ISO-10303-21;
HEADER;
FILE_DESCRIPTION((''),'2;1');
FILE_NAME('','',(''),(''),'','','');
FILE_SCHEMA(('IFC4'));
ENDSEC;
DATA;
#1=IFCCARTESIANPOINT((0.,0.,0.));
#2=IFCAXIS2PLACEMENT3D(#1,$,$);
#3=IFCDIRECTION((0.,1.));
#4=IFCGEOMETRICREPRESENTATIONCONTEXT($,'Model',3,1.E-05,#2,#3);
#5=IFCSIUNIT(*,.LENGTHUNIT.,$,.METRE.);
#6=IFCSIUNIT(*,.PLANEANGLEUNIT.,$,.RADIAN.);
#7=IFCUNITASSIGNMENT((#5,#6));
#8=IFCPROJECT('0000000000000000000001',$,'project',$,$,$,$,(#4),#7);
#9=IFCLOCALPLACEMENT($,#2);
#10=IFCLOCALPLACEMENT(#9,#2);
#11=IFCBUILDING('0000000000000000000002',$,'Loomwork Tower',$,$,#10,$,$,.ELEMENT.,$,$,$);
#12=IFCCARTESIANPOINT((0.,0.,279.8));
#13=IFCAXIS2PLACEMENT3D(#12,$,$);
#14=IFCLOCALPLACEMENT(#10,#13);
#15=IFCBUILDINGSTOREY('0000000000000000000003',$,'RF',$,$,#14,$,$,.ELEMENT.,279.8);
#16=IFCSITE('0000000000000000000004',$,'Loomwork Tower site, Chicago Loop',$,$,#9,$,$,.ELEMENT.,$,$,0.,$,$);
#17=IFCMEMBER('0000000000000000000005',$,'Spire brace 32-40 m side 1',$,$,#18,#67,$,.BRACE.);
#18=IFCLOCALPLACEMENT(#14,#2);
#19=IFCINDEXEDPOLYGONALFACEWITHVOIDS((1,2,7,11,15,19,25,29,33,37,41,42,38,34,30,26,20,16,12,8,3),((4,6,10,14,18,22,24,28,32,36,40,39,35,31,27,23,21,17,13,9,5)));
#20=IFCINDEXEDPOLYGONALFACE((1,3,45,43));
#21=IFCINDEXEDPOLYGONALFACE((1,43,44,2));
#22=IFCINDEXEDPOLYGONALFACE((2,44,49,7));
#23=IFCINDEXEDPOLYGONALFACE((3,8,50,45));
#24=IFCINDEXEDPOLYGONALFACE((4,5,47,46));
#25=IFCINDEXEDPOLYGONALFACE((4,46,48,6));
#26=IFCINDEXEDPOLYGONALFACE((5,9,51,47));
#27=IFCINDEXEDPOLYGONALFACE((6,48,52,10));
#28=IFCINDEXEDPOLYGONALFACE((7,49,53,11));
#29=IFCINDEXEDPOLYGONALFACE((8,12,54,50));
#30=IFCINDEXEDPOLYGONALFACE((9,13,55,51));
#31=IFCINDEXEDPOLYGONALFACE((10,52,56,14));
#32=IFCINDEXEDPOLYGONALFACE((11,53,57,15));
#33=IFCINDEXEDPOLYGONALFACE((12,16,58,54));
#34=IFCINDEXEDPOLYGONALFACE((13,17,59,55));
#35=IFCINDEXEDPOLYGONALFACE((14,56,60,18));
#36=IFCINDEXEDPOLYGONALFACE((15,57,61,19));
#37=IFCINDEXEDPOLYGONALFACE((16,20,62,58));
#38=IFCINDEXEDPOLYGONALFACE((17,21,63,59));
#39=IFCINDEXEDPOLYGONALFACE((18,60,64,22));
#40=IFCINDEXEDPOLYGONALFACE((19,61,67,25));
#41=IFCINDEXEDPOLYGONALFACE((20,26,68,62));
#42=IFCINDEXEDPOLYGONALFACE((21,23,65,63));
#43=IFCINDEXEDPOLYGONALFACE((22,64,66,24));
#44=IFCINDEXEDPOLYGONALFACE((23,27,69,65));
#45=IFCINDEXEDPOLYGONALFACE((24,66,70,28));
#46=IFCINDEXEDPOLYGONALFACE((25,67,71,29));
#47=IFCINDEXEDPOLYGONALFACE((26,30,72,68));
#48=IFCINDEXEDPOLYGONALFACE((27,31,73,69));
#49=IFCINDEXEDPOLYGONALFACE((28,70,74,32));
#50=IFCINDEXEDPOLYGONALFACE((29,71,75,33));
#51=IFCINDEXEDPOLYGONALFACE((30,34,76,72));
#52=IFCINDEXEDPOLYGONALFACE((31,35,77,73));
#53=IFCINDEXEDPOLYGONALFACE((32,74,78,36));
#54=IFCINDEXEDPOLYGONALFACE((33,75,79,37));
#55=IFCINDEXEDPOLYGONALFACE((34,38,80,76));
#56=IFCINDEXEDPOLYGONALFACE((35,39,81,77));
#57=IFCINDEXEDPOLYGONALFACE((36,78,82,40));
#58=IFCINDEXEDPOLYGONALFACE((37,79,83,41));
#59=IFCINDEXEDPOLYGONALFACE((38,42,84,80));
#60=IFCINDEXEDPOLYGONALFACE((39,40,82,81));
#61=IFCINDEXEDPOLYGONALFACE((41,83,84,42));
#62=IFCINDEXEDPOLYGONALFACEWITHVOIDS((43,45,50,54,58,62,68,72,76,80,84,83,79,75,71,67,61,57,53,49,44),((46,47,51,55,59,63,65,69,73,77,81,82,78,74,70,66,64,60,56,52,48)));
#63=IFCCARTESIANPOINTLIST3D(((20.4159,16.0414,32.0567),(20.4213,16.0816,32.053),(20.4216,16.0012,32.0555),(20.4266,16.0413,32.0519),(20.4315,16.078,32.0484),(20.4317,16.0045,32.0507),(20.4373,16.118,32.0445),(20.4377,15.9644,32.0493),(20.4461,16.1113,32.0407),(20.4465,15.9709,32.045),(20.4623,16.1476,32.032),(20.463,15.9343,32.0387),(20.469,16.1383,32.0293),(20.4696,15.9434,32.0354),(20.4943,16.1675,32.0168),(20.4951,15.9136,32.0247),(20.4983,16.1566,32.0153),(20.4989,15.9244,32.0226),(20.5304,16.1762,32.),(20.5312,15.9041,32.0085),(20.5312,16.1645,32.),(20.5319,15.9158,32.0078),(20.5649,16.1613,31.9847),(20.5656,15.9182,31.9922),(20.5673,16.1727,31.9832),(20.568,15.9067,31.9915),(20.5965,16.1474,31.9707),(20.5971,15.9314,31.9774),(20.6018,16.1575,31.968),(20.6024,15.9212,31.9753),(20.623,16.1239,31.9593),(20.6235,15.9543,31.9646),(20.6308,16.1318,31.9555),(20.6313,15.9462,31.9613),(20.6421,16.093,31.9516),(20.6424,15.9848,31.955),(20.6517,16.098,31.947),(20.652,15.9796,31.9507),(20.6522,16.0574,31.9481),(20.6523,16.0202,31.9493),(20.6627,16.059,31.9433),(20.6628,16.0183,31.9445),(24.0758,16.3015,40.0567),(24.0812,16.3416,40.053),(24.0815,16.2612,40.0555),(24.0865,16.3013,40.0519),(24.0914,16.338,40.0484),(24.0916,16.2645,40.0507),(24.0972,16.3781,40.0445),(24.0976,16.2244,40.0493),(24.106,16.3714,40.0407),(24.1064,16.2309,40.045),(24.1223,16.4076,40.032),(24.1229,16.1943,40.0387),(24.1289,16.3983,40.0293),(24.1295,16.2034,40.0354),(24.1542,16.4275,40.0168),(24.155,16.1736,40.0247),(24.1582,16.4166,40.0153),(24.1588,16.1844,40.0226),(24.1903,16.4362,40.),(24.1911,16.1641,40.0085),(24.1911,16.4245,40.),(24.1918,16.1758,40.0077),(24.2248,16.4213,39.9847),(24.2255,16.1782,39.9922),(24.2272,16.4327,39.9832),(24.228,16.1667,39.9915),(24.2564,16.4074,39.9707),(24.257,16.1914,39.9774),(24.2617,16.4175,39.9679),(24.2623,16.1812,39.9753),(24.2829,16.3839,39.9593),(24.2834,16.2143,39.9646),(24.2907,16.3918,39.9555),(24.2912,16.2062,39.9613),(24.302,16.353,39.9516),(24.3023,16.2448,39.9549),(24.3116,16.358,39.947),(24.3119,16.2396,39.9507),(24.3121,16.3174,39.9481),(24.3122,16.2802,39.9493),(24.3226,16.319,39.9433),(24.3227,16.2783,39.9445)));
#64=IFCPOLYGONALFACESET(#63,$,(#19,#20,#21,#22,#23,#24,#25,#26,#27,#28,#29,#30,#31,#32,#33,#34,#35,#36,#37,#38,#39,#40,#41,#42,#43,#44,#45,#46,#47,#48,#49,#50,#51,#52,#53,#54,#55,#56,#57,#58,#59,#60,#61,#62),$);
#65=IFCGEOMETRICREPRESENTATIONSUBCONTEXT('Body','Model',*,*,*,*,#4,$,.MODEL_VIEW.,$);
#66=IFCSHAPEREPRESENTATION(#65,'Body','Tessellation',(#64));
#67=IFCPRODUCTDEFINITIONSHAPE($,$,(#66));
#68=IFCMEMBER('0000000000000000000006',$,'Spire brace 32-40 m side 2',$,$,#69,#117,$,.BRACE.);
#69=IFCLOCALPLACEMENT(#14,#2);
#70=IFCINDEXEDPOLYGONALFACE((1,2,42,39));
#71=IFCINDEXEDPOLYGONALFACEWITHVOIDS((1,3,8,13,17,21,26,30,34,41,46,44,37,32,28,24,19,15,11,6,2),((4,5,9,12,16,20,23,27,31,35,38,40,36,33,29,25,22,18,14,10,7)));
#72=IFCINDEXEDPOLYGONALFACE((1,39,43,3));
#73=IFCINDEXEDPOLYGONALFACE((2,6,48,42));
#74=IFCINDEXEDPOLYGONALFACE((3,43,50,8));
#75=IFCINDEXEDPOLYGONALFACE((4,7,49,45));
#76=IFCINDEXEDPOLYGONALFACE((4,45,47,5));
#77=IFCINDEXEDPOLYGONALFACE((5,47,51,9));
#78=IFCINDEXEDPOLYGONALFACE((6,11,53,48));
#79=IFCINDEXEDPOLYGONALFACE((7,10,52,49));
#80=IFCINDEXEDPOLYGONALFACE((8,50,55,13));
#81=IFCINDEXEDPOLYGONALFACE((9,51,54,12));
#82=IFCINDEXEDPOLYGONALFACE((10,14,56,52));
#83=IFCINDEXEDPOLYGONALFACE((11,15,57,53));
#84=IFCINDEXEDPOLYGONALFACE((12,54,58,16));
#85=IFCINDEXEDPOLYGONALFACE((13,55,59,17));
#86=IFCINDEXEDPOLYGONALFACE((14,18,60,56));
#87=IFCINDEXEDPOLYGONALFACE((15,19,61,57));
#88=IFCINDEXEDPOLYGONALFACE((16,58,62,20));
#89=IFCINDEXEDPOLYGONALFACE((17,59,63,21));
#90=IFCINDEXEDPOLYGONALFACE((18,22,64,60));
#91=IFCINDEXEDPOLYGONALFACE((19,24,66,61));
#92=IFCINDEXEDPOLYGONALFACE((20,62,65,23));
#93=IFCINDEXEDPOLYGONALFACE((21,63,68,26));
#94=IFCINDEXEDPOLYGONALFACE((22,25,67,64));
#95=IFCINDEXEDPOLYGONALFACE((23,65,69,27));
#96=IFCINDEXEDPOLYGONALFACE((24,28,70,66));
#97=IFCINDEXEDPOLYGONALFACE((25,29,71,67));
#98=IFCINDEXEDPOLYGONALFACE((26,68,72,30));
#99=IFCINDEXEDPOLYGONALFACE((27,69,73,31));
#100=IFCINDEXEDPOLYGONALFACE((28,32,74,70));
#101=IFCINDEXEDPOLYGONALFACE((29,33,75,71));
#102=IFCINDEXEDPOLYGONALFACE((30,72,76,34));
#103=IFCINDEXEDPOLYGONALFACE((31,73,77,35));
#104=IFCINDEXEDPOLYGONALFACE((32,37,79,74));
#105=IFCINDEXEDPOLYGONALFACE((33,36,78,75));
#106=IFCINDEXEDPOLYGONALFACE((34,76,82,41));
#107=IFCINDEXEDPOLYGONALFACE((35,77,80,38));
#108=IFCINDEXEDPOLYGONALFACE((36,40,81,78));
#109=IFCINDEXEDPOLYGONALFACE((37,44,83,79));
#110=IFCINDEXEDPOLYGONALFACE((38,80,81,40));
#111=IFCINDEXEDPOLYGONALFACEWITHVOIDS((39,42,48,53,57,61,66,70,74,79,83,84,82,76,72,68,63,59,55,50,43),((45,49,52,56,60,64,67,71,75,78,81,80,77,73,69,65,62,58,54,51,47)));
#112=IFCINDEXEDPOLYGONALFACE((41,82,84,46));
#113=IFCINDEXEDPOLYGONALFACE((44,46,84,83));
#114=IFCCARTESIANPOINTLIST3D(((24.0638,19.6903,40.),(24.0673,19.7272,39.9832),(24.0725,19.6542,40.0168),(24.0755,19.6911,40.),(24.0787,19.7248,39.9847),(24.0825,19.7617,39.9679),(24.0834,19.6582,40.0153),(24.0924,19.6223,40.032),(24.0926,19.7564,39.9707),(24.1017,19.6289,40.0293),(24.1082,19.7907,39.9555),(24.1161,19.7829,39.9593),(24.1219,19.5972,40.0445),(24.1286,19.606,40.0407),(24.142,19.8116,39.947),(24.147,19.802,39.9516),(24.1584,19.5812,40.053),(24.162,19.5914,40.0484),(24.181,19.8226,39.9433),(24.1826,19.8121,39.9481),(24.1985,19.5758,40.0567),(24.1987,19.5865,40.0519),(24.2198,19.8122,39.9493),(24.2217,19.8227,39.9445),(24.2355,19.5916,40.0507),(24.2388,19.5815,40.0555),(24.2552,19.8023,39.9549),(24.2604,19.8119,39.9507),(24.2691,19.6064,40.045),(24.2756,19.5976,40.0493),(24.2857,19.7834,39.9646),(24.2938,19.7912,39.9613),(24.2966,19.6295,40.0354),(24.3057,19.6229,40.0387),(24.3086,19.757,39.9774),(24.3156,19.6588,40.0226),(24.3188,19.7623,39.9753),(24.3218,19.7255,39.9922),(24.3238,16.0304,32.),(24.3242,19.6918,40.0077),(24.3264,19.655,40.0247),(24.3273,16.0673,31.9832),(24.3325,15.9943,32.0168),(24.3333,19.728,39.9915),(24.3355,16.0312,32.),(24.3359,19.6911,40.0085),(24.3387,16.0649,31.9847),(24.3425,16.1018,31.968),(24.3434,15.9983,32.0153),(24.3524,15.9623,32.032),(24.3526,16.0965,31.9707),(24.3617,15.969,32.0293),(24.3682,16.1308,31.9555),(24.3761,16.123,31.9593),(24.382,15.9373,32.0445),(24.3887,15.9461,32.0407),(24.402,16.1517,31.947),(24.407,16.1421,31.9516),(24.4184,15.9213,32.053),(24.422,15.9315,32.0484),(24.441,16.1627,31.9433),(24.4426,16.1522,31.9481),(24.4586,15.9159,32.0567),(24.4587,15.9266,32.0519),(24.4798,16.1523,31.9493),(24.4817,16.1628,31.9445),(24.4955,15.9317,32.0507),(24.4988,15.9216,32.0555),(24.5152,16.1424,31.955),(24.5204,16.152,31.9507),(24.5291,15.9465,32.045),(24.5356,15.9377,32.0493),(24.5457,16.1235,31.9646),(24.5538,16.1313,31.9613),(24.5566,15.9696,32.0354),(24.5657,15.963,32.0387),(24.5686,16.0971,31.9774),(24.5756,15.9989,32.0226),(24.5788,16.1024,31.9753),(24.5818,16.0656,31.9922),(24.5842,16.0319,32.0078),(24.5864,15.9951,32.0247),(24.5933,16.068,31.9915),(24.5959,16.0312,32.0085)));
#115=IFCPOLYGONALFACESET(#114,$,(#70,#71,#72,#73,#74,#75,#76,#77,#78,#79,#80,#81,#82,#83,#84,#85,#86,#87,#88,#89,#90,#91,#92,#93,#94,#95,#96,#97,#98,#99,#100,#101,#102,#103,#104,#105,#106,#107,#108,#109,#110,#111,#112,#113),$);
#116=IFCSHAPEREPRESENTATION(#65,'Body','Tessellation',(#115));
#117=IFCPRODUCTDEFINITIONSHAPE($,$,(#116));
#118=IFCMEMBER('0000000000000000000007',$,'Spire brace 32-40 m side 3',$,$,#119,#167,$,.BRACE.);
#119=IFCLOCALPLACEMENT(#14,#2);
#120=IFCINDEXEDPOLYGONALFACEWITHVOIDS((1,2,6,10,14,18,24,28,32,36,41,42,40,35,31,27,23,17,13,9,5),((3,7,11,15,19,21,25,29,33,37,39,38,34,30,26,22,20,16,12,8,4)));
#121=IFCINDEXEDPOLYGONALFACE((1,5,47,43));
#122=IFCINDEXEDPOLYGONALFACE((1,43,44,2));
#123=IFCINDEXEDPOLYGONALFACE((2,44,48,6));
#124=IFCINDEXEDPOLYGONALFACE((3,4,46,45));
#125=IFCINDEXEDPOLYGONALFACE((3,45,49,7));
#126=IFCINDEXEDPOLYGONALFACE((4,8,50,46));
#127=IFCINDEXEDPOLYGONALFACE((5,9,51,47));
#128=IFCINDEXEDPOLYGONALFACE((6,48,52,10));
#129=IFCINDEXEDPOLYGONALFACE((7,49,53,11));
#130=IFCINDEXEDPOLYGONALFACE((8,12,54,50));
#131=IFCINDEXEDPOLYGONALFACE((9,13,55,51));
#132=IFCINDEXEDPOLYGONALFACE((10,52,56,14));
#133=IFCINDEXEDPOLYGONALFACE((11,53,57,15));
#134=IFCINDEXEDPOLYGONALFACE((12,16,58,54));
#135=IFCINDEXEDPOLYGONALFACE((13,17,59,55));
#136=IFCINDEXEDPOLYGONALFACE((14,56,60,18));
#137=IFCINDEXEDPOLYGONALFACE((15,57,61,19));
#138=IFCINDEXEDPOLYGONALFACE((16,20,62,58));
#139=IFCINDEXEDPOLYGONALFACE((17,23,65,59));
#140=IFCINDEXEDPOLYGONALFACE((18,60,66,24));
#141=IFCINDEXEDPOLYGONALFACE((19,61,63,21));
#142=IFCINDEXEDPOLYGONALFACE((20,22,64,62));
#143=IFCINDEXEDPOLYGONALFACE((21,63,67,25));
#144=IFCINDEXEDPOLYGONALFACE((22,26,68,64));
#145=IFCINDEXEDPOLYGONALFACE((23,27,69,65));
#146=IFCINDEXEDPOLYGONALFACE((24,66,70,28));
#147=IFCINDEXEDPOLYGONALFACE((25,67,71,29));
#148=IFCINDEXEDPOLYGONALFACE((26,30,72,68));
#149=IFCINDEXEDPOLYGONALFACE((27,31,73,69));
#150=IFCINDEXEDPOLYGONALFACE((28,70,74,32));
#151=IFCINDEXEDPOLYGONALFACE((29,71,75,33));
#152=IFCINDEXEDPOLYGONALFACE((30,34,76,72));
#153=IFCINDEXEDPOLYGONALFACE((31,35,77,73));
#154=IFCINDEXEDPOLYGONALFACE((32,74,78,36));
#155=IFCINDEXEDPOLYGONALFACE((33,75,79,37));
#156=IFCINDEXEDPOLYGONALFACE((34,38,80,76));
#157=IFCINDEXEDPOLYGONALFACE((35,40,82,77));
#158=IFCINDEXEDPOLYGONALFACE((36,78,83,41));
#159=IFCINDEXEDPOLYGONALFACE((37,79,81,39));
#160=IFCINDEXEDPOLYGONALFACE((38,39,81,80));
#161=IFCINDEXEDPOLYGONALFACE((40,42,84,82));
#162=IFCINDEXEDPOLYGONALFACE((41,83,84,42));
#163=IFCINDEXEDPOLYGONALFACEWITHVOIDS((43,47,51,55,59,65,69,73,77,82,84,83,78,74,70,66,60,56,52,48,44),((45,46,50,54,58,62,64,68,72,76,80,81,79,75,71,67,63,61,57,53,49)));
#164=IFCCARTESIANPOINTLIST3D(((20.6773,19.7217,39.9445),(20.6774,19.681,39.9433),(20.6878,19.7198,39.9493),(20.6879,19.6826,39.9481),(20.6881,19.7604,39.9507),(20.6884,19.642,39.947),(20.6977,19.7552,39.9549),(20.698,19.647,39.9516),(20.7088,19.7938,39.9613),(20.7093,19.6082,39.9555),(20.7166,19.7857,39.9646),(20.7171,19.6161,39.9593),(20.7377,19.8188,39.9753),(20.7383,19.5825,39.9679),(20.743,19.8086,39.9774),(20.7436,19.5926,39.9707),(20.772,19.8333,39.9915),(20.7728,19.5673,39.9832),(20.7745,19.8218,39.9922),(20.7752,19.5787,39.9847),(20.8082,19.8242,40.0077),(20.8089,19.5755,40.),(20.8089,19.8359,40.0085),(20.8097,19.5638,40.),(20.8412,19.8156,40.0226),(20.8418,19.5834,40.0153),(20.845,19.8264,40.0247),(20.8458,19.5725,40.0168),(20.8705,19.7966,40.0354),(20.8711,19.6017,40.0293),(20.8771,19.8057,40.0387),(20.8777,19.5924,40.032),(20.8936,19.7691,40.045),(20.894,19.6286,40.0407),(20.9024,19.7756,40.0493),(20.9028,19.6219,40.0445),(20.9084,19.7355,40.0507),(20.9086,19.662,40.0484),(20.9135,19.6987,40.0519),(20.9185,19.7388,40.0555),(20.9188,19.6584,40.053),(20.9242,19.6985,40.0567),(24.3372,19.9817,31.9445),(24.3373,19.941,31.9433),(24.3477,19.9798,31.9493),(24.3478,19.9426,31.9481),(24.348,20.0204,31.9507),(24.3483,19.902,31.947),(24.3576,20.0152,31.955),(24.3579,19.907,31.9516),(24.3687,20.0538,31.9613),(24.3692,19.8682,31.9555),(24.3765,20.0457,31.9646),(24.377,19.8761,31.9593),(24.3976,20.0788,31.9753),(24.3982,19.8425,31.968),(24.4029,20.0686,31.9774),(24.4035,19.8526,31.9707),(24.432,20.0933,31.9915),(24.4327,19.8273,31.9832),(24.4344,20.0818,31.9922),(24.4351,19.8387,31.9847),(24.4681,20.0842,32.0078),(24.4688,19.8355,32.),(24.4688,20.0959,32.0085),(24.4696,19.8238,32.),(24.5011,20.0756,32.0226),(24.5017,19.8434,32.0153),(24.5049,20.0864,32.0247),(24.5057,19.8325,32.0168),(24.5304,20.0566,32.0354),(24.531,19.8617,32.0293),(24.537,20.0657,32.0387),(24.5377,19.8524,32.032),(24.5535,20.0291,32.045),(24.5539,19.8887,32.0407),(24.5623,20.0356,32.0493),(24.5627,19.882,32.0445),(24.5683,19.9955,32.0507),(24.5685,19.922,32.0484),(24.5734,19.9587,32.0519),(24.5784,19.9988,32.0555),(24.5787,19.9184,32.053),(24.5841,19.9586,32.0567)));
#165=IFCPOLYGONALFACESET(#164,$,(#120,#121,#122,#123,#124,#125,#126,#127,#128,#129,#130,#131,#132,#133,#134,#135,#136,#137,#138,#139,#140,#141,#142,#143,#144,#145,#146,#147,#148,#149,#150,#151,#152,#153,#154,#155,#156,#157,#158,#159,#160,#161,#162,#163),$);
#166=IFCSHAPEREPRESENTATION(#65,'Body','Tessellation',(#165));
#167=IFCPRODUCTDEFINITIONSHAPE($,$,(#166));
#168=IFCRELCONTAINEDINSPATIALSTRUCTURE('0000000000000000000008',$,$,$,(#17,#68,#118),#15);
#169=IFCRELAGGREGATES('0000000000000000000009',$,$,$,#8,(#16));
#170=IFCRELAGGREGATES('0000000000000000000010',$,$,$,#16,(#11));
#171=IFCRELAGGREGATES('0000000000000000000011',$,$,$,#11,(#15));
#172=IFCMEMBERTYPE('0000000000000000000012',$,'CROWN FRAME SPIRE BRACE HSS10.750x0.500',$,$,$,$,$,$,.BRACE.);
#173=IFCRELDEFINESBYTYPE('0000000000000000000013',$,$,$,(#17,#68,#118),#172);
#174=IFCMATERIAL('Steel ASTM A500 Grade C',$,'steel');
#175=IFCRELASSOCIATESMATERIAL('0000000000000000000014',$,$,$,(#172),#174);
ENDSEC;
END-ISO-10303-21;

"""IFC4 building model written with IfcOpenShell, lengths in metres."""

from ifc_helpers import new_model, si_unit, direction, frame, origin, origin_2d, place, context, subcontext, project, spatial, hollow_circle, extrude, material, material_profile, profile_set, type_object, element, save


model = new_model("IFC4")

# Units and contexts
model_context = context("Model", 3, precision=1e-05, world=origin(), true_north=direction((0.0, 1.0)))
body_context = subcontext(model_context, "Body", "Model", "MODEL_VIEW")
ifc_project = project(units=[si_unit("LENGTHUNIT", "METRE"), si_unit("PLANEANGLEUNIT", "RADIAN")], contexts=[model_context])

# Site, building, storey
site_placement = place(None, origin())
site = spatial("IfcSite", under=ifc_project, at=site_placement, Name="Loomwork Tower site, Chicago Loop", CompositionType="ELEMENT", RefElevation=0.0)
building_placement = place(site_placement, origin())
building = spatial("IfcBuilding", under=site, at=building_placement, Name="Loomwork Tower", CompositionType="ELEMENT")
storey_placement = place(building_placement, frame((0.0, 0.0, 279.8)))
storey = spatial("IfcBuildingStorey", under=building, at=storey_placement, Name="RF", CompositionType="ELEMENT", Elevation=279.8)

# Members
ifc_material_1 = material(Name="Steel ASTM A500 Grade C", Category="steel")
ifc_material_profile_1 = material_profile(ifc_material_1, hollow_circle(Radius=0.1365, WallThickness=0.0117, at=origin_2d()), Name="HSS10.750x0.500")
ifc_profile_set_1 = profile_set([ifc_material_profile_1], Name="Steel ASTM A500 Grade C")
member_type_1 = type_object("IfcMemberType", Name="CROWN FRAME SPIRE BRACE HSS10.750x0.500", PredefinedType="BRACE", material=ifc_profile_set_1)
for number, where, z_axis, x_axis, name in (
    (1, (20.54, 16.04, 32.0), (0.415839, 0.029542, 0.908959), (-0.070864, 0.997486, 0.0), "Spire brace 32-40 m side 1"),
    (2, (24.46, 16.04, 32.0), (-0.029542, 0.415839, 0.908959), (-0.997486, -0.070864, 0.0), "Spire brace 32-40 m side 2"),
    (3, (24.46, 19.96, 32.0), (-0.415839, -0.029542, 0.908959), (0.070864, -0.997486, 0.0), "Spire brace 32-40 m side 3"),
):
    element("IfcMember", number, at=place(storey_placement, frame(where, z_axis=z_axis, x_axis=x_axis)), inside=storey, type_object=member_type_1, Name=name, PredefinedType="BRACE", context=body_context, shape_type="SweptSolid", body=[
        extrude(hollow_circle(Radius=0.1365, WallThickness=0.0117, at=origin_2d()), origin(), (0.0, 0.0, 1.0), 8.8013),
    ])

save(model, "model.ifc")
